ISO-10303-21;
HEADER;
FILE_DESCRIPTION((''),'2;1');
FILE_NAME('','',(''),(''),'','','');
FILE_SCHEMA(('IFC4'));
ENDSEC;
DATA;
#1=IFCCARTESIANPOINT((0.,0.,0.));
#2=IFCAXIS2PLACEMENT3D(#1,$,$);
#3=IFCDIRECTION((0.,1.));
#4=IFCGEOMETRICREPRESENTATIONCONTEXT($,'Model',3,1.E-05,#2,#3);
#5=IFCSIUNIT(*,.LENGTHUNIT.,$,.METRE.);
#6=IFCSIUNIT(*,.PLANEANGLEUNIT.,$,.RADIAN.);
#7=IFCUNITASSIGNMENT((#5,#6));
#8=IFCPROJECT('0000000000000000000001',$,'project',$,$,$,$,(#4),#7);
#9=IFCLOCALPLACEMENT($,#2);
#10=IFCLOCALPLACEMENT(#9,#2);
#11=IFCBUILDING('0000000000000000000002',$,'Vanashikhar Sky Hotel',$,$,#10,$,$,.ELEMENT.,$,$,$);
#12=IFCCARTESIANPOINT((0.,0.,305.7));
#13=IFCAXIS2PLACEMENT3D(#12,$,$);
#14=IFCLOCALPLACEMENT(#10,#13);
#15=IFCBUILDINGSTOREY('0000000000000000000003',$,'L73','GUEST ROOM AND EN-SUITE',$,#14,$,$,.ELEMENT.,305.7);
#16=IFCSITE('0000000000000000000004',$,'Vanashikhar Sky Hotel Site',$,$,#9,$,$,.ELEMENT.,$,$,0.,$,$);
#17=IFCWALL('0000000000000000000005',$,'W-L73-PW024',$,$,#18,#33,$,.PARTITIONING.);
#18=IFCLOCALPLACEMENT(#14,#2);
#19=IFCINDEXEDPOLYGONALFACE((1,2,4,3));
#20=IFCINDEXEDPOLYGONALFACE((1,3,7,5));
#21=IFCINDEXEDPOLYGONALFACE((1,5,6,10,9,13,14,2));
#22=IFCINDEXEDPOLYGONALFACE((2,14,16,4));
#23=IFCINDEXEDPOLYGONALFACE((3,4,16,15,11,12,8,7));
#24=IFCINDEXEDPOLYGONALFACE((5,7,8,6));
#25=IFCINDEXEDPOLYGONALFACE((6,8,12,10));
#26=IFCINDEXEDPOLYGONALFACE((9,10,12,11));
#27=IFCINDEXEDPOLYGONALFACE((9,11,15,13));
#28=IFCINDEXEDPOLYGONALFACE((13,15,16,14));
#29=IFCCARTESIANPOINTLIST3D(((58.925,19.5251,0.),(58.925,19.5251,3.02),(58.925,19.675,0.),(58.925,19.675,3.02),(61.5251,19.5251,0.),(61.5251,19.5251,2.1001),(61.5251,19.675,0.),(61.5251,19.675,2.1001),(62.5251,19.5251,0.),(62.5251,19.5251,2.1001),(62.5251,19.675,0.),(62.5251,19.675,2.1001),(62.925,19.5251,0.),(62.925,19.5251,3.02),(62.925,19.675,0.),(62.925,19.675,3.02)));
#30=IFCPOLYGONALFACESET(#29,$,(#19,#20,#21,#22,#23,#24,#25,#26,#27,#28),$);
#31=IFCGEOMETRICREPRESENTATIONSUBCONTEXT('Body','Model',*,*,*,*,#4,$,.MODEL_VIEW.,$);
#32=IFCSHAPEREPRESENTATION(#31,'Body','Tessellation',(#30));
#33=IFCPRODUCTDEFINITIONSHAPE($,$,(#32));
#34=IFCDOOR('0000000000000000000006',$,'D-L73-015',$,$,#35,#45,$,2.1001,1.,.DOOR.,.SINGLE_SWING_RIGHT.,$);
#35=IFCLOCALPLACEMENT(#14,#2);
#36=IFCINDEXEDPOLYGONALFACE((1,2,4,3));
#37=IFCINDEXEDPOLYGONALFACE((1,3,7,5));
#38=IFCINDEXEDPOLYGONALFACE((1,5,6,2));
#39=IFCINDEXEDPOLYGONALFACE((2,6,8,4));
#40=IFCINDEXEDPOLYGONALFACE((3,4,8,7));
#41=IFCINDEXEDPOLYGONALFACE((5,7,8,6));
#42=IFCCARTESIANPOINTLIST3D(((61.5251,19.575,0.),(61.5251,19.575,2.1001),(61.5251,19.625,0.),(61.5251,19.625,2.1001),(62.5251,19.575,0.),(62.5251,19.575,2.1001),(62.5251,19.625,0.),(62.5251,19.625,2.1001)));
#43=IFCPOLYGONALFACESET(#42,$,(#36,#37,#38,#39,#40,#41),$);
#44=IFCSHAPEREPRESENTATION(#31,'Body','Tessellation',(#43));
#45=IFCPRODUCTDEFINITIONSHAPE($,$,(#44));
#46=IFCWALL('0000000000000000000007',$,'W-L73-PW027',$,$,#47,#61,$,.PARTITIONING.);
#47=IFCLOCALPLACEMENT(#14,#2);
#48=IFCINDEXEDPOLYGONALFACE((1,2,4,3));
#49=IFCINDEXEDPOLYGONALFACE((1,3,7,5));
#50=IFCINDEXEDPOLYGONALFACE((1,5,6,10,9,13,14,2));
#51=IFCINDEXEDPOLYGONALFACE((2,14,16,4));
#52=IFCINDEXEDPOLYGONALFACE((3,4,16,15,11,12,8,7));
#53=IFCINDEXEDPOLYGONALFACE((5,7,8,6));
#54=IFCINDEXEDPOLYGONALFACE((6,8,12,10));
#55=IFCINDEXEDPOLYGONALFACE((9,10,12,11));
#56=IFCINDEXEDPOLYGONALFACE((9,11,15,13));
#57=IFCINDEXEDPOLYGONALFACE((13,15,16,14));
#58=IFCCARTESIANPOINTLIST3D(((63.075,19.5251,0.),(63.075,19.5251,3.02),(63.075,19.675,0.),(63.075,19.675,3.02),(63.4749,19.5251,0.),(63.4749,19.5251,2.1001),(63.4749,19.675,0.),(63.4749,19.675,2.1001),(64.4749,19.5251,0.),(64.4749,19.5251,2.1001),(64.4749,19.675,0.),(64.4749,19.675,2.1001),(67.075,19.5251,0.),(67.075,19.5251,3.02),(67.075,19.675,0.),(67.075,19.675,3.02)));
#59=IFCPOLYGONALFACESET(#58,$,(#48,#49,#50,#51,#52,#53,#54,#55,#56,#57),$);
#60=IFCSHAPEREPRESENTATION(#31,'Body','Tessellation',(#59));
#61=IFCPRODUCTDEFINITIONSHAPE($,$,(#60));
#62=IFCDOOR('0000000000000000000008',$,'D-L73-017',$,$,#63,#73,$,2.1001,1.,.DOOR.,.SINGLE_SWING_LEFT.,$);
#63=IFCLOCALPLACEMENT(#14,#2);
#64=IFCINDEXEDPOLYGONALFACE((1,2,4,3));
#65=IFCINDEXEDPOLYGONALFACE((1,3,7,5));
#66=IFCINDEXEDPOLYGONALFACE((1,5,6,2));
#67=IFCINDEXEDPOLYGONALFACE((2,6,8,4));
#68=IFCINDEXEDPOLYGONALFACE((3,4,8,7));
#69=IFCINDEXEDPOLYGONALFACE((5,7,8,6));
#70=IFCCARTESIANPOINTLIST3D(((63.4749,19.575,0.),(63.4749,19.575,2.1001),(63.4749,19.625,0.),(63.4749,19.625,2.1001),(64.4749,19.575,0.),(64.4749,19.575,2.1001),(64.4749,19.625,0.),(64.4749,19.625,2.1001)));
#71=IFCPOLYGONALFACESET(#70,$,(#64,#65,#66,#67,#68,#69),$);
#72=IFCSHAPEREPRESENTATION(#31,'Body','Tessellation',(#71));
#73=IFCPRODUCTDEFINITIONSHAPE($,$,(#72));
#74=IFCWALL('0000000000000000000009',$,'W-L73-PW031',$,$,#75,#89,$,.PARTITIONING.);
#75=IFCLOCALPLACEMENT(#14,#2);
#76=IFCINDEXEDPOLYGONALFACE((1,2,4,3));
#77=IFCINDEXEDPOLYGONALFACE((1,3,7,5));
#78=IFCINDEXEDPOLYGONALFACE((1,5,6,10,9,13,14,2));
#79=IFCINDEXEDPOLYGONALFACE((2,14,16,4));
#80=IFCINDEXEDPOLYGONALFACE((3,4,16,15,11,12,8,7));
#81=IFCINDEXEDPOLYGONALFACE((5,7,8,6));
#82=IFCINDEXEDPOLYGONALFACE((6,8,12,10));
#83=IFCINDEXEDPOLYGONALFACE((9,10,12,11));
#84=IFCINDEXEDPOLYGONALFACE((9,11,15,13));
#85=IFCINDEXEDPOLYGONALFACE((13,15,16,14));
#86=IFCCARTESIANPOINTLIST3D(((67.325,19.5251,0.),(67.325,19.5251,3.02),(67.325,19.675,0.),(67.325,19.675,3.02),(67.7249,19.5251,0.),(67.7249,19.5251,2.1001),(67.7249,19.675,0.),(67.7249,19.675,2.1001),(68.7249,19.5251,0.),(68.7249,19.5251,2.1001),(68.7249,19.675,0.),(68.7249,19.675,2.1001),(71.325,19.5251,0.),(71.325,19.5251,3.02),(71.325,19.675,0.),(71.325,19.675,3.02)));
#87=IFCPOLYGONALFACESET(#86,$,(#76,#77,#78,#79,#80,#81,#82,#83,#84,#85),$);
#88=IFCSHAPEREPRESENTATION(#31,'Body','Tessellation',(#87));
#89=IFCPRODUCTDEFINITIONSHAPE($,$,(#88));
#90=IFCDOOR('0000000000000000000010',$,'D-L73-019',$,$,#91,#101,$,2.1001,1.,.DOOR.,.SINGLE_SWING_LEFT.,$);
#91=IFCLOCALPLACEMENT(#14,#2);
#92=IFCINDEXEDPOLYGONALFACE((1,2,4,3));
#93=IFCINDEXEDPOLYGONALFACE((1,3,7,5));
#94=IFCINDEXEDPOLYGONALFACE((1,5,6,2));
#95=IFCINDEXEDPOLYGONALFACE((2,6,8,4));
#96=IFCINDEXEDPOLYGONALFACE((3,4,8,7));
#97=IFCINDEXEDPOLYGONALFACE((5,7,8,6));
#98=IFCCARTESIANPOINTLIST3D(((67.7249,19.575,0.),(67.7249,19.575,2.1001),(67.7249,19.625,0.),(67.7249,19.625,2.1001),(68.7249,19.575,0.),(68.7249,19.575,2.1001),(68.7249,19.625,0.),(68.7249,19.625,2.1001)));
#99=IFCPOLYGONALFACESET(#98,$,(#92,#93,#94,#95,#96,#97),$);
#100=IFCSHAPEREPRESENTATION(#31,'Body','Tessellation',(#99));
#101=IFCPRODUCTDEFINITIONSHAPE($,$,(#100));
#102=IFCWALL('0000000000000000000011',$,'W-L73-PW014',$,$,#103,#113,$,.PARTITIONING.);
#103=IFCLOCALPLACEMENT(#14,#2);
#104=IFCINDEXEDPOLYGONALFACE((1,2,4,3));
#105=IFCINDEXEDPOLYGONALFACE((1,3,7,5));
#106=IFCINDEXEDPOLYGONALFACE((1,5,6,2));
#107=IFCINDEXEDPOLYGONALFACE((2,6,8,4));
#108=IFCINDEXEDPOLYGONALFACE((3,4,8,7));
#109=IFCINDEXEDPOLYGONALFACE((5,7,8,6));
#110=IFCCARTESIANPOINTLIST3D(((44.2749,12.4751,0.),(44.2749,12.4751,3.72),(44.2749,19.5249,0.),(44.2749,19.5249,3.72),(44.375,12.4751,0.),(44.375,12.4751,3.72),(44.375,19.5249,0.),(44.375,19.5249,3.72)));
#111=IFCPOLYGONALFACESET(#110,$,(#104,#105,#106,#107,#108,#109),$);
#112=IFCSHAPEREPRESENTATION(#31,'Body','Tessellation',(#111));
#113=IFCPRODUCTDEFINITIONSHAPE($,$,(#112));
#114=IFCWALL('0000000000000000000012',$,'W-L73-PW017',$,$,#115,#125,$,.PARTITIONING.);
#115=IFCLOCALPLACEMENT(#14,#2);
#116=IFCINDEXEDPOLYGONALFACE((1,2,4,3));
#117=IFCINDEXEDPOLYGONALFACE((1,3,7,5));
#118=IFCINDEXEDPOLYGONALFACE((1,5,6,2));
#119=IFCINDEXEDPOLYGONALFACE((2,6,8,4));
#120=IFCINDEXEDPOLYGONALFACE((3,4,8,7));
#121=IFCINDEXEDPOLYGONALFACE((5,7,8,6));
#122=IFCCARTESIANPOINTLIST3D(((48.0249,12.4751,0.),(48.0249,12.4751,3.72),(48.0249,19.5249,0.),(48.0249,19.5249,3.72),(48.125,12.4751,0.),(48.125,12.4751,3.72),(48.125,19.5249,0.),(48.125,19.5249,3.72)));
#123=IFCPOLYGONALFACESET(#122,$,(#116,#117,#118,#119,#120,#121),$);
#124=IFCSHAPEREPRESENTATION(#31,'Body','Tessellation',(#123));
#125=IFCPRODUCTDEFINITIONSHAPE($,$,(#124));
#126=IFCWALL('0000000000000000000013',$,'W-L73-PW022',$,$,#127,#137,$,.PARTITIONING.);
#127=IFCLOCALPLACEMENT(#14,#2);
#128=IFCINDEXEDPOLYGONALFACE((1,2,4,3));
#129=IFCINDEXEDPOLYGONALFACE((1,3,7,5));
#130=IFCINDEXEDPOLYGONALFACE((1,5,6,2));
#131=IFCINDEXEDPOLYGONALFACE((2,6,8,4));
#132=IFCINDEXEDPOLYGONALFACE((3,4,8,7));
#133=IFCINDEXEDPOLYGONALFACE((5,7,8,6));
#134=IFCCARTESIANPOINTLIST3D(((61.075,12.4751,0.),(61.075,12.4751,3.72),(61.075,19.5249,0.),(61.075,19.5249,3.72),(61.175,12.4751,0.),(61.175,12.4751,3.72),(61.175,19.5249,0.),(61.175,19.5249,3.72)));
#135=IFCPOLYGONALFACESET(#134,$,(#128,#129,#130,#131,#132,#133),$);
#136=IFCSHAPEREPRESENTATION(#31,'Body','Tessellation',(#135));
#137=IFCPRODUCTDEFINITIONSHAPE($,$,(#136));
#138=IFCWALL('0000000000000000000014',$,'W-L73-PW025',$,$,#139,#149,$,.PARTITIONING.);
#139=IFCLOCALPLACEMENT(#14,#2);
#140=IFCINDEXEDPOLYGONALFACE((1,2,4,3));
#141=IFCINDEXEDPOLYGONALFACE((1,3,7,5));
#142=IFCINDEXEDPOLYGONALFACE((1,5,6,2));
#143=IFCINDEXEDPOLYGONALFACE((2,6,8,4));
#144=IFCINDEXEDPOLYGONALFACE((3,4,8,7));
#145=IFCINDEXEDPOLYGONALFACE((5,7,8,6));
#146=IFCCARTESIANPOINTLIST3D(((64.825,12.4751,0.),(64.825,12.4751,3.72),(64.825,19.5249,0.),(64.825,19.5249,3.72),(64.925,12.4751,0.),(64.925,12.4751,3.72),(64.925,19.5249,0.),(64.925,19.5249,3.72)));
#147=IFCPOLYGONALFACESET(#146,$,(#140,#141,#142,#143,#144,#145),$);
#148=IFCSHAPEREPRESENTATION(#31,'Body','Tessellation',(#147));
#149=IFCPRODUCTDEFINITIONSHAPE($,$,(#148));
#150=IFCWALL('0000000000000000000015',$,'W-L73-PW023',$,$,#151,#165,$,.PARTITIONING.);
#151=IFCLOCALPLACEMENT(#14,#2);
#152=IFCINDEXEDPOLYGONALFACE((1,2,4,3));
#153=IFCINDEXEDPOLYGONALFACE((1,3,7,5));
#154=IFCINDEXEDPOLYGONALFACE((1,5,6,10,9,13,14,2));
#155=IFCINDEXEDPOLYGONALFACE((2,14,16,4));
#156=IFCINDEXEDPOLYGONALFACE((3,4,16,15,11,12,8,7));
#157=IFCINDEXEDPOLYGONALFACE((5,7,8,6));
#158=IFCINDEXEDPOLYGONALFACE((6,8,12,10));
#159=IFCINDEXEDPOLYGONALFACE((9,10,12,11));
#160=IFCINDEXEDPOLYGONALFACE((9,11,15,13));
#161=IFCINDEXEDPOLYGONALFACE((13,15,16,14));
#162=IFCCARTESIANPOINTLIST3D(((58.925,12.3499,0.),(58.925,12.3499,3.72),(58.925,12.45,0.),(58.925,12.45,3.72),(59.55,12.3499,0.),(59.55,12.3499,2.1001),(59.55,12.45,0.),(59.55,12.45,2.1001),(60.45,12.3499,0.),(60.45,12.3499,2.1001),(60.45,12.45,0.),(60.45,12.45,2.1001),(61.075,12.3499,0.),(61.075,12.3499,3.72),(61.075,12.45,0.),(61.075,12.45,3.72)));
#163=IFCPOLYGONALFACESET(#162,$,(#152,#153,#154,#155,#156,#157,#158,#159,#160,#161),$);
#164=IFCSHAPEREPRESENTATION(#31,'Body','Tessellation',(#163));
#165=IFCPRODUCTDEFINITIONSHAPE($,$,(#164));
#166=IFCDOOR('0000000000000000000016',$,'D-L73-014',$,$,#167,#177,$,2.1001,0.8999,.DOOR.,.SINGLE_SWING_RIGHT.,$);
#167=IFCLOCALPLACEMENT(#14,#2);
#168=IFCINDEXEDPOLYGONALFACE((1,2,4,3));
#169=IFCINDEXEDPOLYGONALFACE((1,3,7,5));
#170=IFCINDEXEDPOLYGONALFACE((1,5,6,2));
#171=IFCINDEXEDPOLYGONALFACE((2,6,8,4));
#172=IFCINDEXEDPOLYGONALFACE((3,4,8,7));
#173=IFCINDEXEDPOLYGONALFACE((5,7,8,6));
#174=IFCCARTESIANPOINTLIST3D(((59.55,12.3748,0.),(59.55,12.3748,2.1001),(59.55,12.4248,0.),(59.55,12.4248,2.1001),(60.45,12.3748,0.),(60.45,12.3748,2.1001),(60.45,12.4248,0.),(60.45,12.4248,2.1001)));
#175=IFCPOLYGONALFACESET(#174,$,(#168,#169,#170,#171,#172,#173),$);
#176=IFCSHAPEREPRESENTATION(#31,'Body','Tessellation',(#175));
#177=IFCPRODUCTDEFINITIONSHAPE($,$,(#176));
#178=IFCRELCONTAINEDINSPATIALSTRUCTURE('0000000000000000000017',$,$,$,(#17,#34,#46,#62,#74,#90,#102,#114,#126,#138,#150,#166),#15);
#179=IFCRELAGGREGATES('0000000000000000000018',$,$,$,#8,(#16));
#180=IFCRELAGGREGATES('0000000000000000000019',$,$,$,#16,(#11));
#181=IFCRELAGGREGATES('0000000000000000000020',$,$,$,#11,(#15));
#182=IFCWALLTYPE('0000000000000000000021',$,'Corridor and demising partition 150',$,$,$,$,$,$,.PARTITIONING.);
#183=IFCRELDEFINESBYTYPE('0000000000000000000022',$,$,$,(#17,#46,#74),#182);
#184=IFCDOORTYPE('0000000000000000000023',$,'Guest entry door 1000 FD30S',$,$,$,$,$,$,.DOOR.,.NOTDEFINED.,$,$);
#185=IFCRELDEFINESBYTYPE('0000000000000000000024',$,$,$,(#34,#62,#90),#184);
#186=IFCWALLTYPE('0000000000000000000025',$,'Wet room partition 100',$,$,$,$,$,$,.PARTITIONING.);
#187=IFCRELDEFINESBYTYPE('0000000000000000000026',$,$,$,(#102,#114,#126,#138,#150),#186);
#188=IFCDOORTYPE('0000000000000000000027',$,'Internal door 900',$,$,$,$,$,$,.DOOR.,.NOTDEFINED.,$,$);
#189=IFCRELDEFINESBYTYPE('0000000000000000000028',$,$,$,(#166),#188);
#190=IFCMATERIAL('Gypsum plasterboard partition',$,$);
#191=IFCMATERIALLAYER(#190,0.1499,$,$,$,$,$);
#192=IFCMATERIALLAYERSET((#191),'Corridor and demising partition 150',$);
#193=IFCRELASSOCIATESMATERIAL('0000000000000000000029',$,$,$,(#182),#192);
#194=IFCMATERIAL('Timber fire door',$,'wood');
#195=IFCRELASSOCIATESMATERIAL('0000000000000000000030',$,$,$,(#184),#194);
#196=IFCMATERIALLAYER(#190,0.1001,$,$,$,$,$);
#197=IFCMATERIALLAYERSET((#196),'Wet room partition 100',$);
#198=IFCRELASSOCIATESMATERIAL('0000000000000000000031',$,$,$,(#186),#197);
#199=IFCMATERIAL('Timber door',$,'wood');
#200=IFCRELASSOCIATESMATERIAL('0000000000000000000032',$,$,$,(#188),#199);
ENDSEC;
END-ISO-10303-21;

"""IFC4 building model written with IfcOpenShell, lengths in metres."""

from ifc_helpers import new_model, si_unit, direction, frame, frame_2d, origin, place, context, subcontext, project, spatial, rectangle, extrude, source, transform, mapped, material, layer, layer_set, type_object, element, fill, save


model = new_model("IFC4")

# Units and contexts
model_context = context("Model", 3, precision=1e-05, world=origin(), true_north=direction((0.0, 1.0)))
body_context = subcontext(model_context, "Body", "Model", "MODEL_VIEW")
ifc_project = project(units=[si_unit("LENGTHUNIT", "METRE"), si_unit("PLANEANGLEUNIT", "RADIAN")], contexts=[model_context])

# Site, building, storey
site_placement = place(None, origin())
site = spatial("IfcSite", under=ifc_project, at=site_placement, Name="Vanashikhar Sky Hotel Site", CompositionType="ELEMENT", RefElevation=0.0)
building_placement = place(site_placement, origin())
building = spatial("IfcBuilding", under=site, at=building_placement, Name="Vanashikhar Sky Hotel", CompositionType="ELEMENT")
storey_placement = place(building_placement, frame((0.0, 0.0, 305.7)))
storey = spatial("IfcBuildingStorey", under=building, at=storey_placement, Name="L73", Description="GUEST ROOM AND EN-SUITE", CompositionType="ELEMENT", Elevation=305.7)

# Walls, openings, doors
ifc_material_1 = material(Name="Gypsum plasterboard partition")
ifc_layer_1 = layer(ifc_material_1, 0.1499)
ifc_layer_set_1 = layer_set([ifc_layer_1], Name="Corridor and demising partition 150")
wall_type_1 = type_object("IfcWallType", Name="Corridor and demising partition 150", PredefinedType="PARTITIONING", material=ifc_layer_set_1)
ifc_material_2 = material(Name="Timber fire door", Category="wood")
shared_shape_1 = source(origin(), body_context, "Body", "SweptSolid", [
    extrude(rectangle(XDim=4.0, YDim=0.1499, at=frame_2d((2.0, 0.0))), origin(), (0.0, 0.0, 1.0), 3.02),
])
shared_shape_2 = source(origin(), body_context, "Body", "SweptSolid", [
    extrude(rectangle(XDim=1.0, YDim=2.1001, at=frame_2d((0.5, 1.05))), frame((0.0, 0.085, 0.0), z_axis=(0.0, -1.0, 0.0), x_axis=(1.0, 0.0, 0.0)), (0.0, 0.0, 1.0), 0.1699),
])
door_type_1 = type_object("IfcDoorType", Name="Guest entry door 1000 FD30S", OperationType="NOTDEFINED", PredefinedType="DOOR", material=ifc_material_2)
shared_shape_3 = source(origin(), body_context, "Body", "SweptSolid", [
    extrude(rectangle(XDim=1.0, YDim=2.1001, at=frame_2d((0.5, 1.05))), frame((0.0, 0.0249, 0.0), z_axis=(0.0, -1.0, 0.0), x_axis=(1.0, 0.0, 0.0)), (0.0, 0.0, 1.0), 0.05),
])
wall_1_placement = place(storey_placement, frame((58.925, 19.6001, 0.0), z_axis=(0.0, 0.0, 1.0), x_axis=(1.0, 0.0, 0.0)))
wall_1 = element("IfcWall", 1, at=wall_1_placement, inside=storey, type_object=wall_type_1, Name="W-L73-PW024", PredefinedType="PARTITIONING", context=body_context, shape_type="MappedRepresentation", body=[
    mapped(shared_shape_1, transform((0.0, 0.0, 0.0), scale=1.0)),
])
opening_1_placement = place(wall_1_placement, frame((2.6001, 0.0, 0.0)))
opening_1 = element("IfcOpeningElement", 2, at=opening_1_placement, cuts=wall_1, PredefinedType="OPENING", context=body_context, shape_type="MappedRepresentation", body=[
    mapped(shared_shape_2, transform((0.0, 0.0, 0.0), scale=1.0)),
])
door_1_placement = place(opening_1_placement, origin())
door_1 = element("IfcDoor", 3, at=door_1_placement, inside=storey, type_object=door_type_1, Name="D-L73-015", OperationType="SINGLE_SWING_RIGHT", OverallHeight=2.1001, OverallWidth=1.0, PredefinedType="DOOR", context=body_context, shape_type="MappedRepresentation", body=[
    mapped(shared_shape_3, transform((0.0, 0.0, 0.0), scale=1.0)),
])
fill(opening_1, door_1)
wall_2_placement = place(storey_placement, frame((63.075, 19.6001, 0.0), z_axis=(0.0, 0.0, 1.0), x_axis=(1.0, 0.0, 0.0)))
wall_2 = element("IfcWall", 4, at=wall_2_placement, inside=storey, type_object=wall_type_1, Name="W-L73-PW027", PredefinedType="PARTITIONING", context=body_context, shape_type="MappedRepresentation", body=[
    mapped(shared_shape_1, transform((0.0, 0.0, 0.0), scale=1.0)),
])
opening_2_placement = place(wall_2_placement, frame((0.3999, 0.0, 0.0)))
opening_2 = element("IfcOpeningElement", 5, at=opening_2_placement, cuts=wall_2, PredefinedType="OPENING", context=body_context, shape_type="MappedRepresentation", body=[
    mapped(shared_shape_2, transform((0.0, 0.0, 0.0), scale=1.0)),
])
door_2_placement = place(opening_2_placement, origin())
door_2 = element("IfcDoor", 6, at=door_2_placement, inside=storey, type_object=door_type_1, Name="D-L73-017", OperationType="SINGLE_SWING_LEFT", OverallHeight=2.1001, OverallWidth=1.0, PredefinedType="DOOR", context=body_context, shape_type="MappedRepresentation", body=[
    mapped(shared_shape_3, transform((0.0, 0.0, 0.0), scale=1.0)),
])
fill(opening_2, door_2)
wall_3_placement = place(storey_placement, frame((67.325, 19.6001, 0.0), z_axis=(0.0, 0.0, 1.0), x_axis=(1.0, 0.0, 0.0)))
wall_3 = element("IfcWall", 7, at=wall_3_placement, inside=storey, type_object=wall_type_1, Name="W-L73-PW031", PredefinedType="PARTITIONING", context=body_context, shape_type="MappedRepresentation", body=[
    mapped(shared_shape_1, transform((0.0, 0.0, 0.0), scale=1.0)),
])
opening_3_placement = place(wall_3_placement, frame((0.3999, 0.0, 0.0)))
opening_3 = element("IfcOpeningElement", 8, at=opening_3_placement, cuts=wall_3, PredefinedType="OPENING", context=body_context, shape_type="MappedRepresentation", body=[
    mapped(shared_shape_2, transform((0.0, 0.0, 0.0), scale=1.0)),
])
door_3_placement = place(opening_3_placement, origin())
door_3 = element("IfcDoor", 9, at=door_3_placement, inside=storey, type_object=door_type_1, Name="D-L73-019", OperationType="SINGLE_SWING_LEFT", OverallHeight=2.1001, OverallWidth=1.0, PredefinedType="DOOR", context=body_context, shape_type="MappedRepresentation", body=[
    mapped(shared_shape_3, transform((0.0, 0.0, 0.0), scale=1.0)),
])
fill(opening_3, door_3)

# Walls
ifc_layer_2 = layer(ifc_material_1, 0.1001)
ifc_layer_set_2 = layer_set([ifc_layer_2], Name="Wet room partition 100")
wall_type_2 = type_object("IfcWallType", Name="Wet room partition 100", PredefinedType="PARTITIONING", material=ifc_layer_set_2)
shared_shape_4 = source(origin(), body_context, "Body", "SweptSolid", [
    extrude(rectangle(XDim=7.0498, YDim=0.1001, at=frame_2d((3.5249, 0.0))), origin(), (0.0, 0.0, 1.0), 3.72),
])
for number, where, z_axis, x_axis, name in (
    (10, (44.325, 12.4751, 0.0), (0.0, 0.0, 1.0), (0.0, 1.0, 0.0), "W-L73-PW014"),
    (11, (48.075, 12.4751, 0.0), (0.0, 0.0, 1.0), (0.0, 1.0, 0.0), "W-L73-PW017"),
    (12, (61.125, 12.4751, 0.0), (0.0, 0.0, 1.0), (0.0, 1.0, 0.0), "W-L73-PW022"),
    (13, (64.875, 12.4751, 0.0), (0.0, 0.0, 1.0), (0.0, 1.0, 0.0), "W-L73-PW025"),
):
    element("IfcWall", number, at=place(storey_placement, frame(where, z_axis=z_axis, x_axis=x_axis)), inside=storey, type_object=wall_type_2, Name=name, PredefinedType="PARTITIONING", context=body_context, shape_type="MappedRepresentation", body=[
        mapped(shared_shape_4, transform((0.0, 0.0, 0.0), scale=1.0)),
    ])

# Wall, opening, door
shared_shape_5 = source(origin(), body_context, "Body", "SweptSolid", [
    extrude(rectangle(XDim=2.1499, YDim=0.1001, at=frame_2d((1.075, 0.0))), origin(), (0.0, 0.0, 1.0), 3.72),
])
wall_4_placement = place(storey_placement, frame((58.925, 12.3999, 0.0), z_axis=(0.0, 0.0, 1.0), x_axis=(1.0, 0.0, 0.0)))
wall_4 = element("IfcWall", 14, at=wall_4_placement, inside=storey, type_object=wall_type_2, Name="W-L73-PW023", PredefinedType="PARTITIONING", context=body_context, shape_type="MappedRepresentation", body=[
    mapped(shared_shape_5, transform((0.0, 0.0, 0.0), scale=1.0)),
])
shared_shape_6 = source(origin(), body_context, "Body", "SweptSolid", [
    extrude(rectangle(XDim=0.8999, YDim=2.1001, at=frame_2d((0.45, 1.05))), frame((0.0, 0.0601, 0.0), z_axis=(0.0, -1.0, 0.0), x_axis=(1.0, 0.0, 0.0)), (0.0, 0.0, 1.0), 0.1201),
])
opening_4_placement = place(wall_4_placement, frame((0.625, 0.0, 0.0)))
opening_4 = element("IfcOpeningElement", 15, at=opening_4_placement, cuts=wall_4, PredefinedType="OPENING", context=body_context, shape_type="MappedRepresentation", body=[
    mapped(shared_shape_6, transform((0.0, 0.0, 0.0), scale=1.0)),
])
ifc_material_3 = material(Name="Timber door", Category="wood")
door_type_2 = type_object("IfcDoorType", Name="Internal door 900", OperationType="NOTDEFINED", PredefinedType="DOOR", material=ifc_material_3)
shared_shape_7 = source(origin(), body_context, "Body", "SweptSolid", [
    extrude(rectangle(XDim=0.8999, YDim=2.1001, at=frame_2d((0.45, 1.05))), frame((0.0, 0.0249, 0.0), z_axis=(0.0, -1.0, 0.0), x_axis=(1.0, 0.0, 0.0)), (0.0, 0.0, 1.0), 0.05),
])
door_4_placement = place(opening_4_placement, origin())
door_4 = element("IfcDoor", 16, at=door_4_placement, inside=storey, type_object=door_type_2, Name="D-L73-014", OperationType="SINGLE_SWING_RIGHT", OverallHeight=2.1001, OverallWidth=0.8999, PredefinedType="DOOR", context=body_context, shape_type="MappedRepresentation", body=[
    mapped(shared_shape_7, transform((0.0, 0.0, 0.0), scale=1.0)),
])
fill(opening_4, door_4)

save(model, "model.ifc")
